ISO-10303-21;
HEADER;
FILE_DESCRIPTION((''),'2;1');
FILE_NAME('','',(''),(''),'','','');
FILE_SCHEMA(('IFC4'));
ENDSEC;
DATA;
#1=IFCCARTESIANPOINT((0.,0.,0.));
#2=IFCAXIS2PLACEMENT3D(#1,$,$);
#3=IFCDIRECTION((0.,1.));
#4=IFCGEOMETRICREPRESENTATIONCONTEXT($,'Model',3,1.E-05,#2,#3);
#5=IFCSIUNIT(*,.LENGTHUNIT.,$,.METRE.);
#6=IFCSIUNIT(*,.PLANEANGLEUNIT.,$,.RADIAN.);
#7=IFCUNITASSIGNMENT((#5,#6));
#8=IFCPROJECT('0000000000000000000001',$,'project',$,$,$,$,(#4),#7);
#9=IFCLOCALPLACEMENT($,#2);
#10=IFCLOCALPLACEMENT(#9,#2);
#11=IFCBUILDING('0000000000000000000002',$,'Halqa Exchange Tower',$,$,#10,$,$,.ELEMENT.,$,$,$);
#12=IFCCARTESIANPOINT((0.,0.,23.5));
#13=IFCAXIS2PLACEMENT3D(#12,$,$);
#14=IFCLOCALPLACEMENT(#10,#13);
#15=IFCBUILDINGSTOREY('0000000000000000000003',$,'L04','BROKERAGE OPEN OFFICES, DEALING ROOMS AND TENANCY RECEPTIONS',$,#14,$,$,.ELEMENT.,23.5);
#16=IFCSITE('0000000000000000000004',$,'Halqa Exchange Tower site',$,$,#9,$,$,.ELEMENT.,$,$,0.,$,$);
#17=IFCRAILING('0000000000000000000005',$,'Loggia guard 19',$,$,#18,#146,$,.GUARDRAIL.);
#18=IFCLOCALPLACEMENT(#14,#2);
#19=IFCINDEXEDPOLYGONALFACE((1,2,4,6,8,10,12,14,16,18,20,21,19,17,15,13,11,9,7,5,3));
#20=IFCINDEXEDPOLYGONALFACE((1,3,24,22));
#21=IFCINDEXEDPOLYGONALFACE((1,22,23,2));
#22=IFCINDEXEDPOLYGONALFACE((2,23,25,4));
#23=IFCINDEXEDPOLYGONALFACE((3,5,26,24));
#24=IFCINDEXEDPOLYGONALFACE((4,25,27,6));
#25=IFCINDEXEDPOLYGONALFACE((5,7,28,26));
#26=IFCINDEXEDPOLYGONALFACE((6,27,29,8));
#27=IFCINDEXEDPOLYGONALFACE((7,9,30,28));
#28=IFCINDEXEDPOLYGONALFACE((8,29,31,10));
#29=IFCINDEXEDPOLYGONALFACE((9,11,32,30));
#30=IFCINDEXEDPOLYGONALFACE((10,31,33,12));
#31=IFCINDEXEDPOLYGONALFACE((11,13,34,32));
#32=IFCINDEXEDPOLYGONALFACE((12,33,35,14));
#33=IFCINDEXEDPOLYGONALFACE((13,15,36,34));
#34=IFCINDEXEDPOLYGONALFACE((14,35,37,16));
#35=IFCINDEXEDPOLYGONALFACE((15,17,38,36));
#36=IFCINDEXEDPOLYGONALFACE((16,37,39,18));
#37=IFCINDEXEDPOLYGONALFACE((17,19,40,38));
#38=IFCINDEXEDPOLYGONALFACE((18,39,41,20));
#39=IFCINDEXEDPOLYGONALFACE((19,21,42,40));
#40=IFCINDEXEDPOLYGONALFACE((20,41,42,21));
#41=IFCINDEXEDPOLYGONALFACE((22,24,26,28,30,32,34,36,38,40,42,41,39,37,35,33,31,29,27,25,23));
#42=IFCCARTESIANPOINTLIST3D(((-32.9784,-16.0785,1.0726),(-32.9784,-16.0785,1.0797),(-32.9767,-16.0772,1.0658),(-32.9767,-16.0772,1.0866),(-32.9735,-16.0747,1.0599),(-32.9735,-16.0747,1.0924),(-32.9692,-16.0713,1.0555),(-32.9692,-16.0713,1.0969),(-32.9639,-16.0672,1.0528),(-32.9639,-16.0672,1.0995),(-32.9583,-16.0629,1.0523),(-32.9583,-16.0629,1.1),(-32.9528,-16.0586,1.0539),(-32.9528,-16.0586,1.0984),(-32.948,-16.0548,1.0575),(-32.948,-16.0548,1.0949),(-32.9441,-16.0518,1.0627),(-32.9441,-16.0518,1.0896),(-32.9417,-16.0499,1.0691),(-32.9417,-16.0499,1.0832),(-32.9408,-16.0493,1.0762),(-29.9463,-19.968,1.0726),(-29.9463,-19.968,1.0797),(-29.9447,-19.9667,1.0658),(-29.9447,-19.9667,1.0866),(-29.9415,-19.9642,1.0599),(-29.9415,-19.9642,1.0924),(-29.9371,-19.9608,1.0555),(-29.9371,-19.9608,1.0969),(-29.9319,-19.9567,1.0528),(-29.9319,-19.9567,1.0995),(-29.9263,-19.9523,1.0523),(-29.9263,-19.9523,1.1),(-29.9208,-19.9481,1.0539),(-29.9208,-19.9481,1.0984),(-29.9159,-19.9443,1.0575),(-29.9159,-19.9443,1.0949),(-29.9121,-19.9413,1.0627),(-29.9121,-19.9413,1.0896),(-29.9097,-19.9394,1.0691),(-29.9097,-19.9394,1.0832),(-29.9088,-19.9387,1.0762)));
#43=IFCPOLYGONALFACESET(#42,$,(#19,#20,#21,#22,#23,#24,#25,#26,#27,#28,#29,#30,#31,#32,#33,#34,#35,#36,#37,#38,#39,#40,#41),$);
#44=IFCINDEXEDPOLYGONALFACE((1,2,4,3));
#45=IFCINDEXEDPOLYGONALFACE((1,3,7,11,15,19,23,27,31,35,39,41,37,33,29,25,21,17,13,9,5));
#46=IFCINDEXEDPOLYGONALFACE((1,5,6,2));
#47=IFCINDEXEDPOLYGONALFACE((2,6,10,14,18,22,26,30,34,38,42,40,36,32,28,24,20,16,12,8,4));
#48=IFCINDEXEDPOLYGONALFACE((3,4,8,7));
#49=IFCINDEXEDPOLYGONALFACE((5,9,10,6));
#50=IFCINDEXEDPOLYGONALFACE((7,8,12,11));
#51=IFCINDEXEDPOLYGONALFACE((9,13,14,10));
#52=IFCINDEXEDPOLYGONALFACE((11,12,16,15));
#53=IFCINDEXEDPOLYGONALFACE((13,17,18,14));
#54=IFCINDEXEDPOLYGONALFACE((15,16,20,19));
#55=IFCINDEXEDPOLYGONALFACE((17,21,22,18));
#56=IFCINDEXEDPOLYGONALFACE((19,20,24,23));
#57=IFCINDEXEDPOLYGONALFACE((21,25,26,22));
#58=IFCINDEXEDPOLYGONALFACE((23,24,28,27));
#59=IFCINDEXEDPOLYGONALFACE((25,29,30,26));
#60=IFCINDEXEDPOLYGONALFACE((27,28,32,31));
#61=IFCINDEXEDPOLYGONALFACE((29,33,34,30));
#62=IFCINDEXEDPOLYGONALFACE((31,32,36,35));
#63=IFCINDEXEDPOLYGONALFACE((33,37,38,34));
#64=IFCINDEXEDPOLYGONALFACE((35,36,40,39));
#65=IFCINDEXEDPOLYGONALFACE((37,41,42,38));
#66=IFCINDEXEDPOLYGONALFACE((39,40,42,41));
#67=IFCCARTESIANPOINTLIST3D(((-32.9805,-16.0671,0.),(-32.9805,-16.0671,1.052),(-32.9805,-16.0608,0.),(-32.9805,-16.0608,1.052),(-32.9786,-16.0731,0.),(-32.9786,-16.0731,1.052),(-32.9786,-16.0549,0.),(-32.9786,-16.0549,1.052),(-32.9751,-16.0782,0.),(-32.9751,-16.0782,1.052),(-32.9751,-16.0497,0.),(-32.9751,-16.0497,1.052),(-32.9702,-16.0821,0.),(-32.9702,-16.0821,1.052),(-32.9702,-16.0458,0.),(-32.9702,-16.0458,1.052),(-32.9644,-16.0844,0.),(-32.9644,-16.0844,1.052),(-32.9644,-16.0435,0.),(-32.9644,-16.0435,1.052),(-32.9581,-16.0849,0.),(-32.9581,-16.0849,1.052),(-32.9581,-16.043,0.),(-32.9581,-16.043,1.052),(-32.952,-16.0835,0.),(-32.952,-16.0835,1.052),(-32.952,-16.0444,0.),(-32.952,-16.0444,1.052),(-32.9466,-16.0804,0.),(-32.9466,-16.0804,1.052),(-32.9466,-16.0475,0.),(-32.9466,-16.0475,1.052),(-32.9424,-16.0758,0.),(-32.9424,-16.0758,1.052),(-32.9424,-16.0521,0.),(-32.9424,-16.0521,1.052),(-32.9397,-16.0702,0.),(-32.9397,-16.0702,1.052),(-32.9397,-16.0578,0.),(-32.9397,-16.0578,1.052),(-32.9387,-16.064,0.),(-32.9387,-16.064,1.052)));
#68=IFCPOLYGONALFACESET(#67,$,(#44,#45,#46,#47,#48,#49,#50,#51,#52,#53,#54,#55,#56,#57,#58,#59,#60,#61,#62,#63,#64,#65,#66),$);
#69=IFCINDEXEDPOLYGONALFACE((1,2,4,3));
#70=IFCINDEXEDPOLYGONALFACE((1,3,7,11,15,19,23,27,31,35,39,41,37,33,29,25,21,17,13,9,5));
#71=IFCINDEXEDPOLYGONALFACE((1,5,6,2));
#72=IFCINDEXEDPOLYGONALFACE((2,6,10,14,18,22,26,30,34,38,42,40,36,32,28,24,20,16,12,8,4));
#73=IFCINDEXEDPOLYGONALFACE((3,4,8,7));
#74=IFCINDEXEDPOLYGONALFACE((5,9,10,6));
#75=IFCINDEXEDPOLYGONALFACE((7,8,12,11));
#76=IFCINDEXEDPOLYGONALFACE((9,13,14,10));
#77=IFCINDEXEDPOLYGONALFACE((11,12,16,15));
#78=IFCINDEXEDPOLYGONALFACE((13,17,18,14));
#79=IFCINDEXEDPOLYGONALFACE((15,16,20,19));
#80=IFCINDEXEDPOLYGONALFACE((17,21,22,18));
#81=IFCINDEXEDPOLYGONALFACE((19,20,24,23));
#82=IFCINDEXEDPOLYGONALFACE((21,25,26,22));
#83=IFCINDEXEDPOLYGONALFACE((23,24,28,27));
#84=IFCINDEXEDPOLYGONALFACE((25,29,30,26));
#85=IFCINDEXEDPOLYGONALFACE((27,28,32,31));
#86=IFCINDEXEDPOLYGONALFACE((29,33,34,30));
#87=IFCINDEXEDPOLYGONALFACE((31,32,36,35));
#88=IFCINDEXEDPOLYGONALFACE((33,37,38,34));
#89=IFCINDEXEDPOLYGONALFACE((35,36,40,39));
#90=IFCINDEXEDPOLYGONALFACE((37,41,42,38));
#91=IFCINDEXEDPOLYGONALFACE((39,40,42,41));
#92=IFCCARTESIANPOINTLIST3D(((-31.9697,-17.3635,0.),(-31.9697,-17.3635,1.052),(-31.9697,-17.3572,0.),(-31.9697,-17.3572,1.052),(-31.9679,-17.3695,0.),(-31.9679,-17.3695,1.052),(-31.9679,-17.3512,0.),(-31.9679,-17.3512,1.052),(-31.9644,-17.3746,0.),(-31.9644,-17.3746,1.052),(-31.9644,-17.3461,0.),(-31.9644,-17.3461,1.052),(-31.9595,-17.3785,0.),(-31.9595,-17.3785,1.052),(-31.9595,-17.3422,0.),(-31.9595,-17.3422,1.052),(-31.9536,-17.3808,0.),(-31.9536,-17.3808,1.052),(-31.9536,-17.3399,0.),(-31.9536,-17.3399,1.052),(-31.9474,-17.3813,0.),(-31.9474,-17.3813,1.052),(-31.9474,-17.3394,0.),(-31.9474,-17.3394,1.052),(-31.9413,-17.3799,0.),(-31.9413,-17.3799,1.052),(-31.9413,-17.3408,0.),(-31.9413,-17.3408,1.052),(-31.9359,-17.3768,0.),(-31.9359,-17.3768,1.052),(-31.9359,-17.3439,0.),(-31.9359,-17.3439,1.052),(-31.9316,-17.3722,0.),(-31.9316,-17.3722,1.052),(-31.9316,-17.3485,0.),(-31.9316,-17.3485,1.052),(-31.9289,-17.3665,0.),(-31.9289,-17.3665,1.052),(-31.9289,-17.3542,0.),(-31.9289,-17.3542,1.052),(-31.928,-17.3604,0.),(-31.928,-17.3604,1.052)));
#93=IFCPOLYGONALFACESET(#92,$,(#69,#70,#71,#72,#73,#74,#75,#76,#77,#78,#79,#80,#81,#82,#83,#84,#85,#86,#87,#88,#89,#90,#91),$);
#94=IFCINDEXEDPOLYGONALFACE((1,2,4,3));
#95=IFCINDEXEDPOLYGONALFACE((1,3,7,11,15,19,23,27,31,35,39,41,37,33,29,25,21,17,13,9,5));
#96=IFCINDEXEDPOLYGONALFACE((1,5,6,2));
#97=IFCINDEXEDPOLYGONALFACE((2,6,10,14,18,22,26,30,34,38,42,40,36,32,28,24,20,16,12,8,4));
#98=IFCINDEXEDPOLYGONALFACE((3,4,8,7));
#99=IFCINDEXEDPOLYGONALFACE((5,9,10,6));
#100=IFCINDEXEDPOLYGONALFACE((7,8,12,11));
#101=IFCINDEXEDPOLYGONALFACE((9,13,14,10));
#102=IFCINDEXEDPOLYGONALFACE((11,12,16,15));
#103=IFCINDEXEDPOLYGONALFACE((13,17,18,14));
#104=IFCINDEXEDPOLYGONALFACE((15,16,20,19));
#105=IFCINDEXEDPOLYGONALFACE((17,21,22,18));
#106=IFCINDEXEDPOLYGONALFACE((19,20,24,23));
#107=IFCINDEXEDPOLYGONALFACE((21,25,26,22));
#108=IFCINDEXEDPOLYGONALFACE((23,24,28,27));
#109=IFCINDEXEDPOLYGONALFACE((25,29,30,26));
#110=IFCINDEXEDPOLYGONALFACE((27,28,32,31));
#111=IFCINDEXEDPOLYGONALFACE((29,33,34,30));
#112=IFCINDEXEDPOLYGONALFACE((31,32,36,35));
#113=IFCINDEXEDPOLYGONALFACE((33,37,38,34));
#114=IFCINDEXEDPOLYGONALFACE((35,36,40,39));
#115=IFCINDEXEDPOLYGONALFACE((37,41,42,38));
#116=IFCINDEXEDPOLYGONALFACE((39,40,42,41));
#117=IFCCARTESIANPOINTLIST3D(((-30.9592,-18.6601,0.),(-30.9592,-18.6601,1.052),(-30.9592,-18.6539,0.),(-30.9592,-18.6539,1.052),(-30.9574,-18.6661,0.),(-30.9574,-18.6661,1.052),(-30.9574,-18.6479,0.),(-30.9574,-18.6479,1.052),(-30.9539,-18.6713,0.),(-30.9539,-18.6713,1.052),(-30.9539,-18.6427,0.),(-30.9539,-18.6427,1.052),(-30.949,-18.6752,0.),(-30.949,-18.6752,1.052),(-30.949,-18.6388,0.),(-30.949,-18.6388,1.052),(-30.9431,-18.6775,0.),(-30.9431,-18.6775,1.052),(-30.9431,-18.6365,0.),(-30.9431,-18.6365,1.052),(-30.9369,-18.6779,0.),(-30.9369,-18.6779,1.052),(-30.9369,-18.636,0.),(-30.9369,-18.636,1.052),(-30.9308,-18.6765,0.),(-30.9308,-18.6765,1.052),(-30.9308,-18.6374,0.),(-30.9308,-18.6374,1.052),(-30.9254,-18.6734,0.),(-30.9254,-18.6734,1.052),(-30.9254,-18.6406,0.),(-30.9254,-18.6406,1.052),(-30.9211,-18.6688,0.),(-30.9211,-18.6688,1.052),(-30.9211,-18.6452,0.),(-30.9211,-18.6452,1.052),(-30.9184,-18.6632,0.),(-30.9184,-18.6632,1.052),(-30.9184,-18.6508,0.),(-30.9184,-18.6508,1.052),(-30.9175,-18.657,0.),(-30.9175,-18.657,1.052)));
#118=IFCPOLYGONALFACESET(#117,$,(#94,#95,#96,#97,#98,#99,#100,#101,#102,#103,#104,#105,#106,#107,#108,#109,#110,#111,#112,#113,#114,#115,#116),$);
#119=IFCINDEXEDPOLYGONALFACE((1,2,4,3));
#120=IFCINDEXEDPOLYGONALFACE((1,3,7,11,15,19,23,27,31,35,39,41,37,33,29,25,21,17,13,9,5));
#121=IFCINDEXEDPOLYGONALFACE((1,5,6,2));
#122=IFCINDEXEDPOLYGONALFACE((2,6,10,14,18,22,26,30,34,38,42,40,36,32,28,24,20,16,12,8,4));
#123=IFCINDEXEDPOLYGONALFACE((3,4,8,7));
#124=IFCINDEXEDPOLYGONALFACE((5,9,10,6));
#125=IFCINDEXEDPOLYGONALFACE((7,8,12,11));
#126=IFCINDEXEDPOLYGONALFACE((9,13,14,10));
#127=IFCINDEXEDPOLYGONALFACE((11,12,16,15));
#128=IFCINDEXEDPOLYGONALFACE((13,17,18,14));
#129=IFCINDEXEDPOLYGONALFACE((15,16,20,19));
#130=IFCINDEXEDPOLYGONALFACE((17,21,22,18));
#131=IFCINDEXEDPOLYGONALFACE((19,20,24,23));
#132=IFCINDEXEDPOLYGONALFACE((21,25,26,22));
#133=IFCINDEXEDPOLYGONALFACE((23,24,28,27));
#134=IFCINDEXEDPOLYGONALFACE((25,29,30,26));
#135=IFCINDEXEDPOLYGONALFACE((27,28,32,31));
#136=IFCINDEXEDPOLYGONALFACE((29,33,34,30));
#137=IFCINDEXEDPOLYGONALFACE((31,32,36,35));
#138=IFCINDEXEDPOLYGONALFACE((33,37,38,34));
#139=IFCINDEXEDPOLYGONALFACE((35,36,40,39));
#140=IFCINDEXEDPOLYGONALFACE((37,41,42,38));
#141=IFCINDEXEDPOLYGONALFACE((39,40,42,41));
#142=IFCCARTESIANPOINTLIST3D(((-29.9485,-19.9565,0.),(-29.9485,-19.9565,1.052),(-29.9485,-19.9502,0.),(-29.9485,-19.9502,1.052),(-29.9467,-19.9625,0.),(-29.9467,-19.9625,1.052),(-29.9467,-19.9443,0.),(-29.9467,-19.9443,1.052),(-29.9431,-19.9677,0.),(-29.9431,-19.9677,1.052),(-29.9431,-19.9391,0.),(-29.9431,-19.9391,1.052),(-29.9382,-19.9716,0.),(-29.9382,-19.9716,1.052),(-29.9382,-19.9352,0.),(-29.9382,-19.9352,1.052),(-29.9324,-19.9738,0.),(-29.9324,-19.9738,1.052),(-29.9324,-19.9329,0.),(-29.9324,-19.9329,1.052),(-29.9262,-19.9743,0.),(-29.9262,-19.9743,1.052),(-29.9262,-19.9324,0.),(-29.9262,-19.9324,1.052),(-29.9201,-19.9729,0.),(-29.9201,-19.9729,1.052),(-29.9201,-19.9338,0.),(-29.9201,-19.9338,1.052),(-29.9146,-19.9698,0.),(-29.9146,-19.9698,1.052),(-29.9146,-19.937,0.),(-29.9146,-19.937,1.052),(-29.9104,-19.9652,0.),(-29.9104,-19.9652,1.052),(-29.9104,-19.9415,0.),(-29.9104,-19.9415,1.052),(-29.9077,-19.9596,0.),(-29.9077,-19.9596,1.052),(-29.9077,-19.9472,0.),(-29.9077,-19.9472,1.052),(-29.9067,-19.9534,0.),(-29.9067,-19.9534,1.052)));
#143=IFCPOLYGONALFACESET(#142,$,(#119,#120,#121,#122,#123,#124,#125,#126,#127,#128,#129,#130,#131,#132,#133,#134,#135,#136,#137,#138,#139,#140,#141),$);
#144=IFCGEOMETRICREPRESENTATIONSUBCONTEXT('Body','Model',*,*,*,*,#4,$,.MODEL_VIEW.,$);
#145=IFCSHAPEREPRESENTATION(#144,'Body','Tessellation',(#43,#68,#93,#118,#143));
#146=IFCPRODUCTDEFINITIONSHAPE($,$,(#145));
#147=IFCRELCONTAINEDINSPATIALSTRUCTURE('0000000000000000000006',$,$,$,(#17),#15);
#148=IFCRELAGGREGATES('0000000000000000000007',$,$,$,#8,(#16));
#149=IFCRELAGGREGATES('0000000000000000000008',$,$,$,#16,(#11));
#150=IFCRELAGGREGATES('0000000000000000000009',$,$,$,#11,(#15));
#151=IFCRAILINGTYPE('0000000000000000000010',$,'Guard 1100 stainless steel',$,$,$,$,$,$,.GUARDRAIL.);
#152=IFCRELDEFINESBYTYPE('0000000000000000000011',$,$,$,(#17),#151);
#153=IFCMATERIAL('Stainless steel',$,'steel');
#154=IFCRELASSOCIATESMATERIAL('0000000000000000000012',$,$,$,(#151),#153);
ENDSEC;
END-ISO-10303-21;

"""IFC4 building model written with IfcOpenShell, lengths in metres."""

from ifc_helpers import new_model, si_unit, direction, frame, origin, origin_2d, place, context, subcontext, project, spatial, circle, extrude, material, type_object, element, save


model = new_model("IFC4")

# Units and contexts
model_context = context("Model", 3, precision=1e-05, world=origin(), true_north=direction((0.0, 1.0)))
body_context = subcontext(model_context, "Body", "Model", "MODEL_VIEW")
ifc_project = project(units=[si_unit("LENGTHUNIT", "METRE"), si_unit("PLANEANGLEUNIT", "RADIAN")], contexts=[model_context])

# Site, building, storey
site_placement = place(None, origin())
site = spatial("IfcSite", under=ifc_project, at=site_placement, Name="Halqa Exchange Tower site", CompositionType="ELEMENT", RefElevation=0.0)
building_placement = place(site_placement, origin())
building = spatial("IfcBuilding", under=site, at=building_placement, Name="Halqa Exchange Tower", CompositionType="ELEMENT")
storey_placement = place(building_placement, frame((0.0, 0.0, 23.5)))
storey = spatial("IfcBuildingStorey", under=building, at=storey_placement, Name="L04", Description="BROKERAGE OPEN OFFICES, DEALING ROOMS AND TENANCY RECEPTIONS", CompositionType="ELEMENT", Elevation=23.5)

# Railing
ifc_material_1 = material(Name="Stainless steel", Category="steel")
railing_type = type_object("IfcRailingType", Name="Guard 1100 stainless steel", PredefinedType="GUARDRAIL", material=ifc_material_1)
railing_1_placement = place(storey_placement, frame((-32.9597, -16.064, 0.0)))
element("IfcRailing", 1, at=railing_1_placement, inside=storey, type_object=railing_type, Name="Loggia guard 19", PredefinedType="GUARDRAIL", context=body_context, shape_type="SweptSolid", body=[
    extrude(circle(Radius=0.0239, at=origin_2d()), frame((0.0, 0.0, 1.0762), z_axis=(0.614811, -0.788675, 0.0), x_axis=(0.788675, 0.614811, 0.0)), (0.0, 0.0, 1.0), 4.9316),
    extrude(circle(Radius=0.021, at=origin_2d()), origin(), (0.0, 0.0, 1.0), 1.052),
    extrude(circle(Radius=0.021, at=origin_2d()), frame((1.0107, -1.2964, 0.0)), (0.0, 0.0, 1.0), 1.052),
    extrude(circle(Radius=0.021, at=origin_2d()), frame((2.0212, -2.593, 0.0)), (0.0, 0.0, 1.0), 1.052),
    extrude(circle(Radius=0.021, at=origin_2d()), frame((3.032, -3.8894, 0.0)), (0.0, 0.0, 1.0), 1.052),
])

save(model, "model.ifc")
